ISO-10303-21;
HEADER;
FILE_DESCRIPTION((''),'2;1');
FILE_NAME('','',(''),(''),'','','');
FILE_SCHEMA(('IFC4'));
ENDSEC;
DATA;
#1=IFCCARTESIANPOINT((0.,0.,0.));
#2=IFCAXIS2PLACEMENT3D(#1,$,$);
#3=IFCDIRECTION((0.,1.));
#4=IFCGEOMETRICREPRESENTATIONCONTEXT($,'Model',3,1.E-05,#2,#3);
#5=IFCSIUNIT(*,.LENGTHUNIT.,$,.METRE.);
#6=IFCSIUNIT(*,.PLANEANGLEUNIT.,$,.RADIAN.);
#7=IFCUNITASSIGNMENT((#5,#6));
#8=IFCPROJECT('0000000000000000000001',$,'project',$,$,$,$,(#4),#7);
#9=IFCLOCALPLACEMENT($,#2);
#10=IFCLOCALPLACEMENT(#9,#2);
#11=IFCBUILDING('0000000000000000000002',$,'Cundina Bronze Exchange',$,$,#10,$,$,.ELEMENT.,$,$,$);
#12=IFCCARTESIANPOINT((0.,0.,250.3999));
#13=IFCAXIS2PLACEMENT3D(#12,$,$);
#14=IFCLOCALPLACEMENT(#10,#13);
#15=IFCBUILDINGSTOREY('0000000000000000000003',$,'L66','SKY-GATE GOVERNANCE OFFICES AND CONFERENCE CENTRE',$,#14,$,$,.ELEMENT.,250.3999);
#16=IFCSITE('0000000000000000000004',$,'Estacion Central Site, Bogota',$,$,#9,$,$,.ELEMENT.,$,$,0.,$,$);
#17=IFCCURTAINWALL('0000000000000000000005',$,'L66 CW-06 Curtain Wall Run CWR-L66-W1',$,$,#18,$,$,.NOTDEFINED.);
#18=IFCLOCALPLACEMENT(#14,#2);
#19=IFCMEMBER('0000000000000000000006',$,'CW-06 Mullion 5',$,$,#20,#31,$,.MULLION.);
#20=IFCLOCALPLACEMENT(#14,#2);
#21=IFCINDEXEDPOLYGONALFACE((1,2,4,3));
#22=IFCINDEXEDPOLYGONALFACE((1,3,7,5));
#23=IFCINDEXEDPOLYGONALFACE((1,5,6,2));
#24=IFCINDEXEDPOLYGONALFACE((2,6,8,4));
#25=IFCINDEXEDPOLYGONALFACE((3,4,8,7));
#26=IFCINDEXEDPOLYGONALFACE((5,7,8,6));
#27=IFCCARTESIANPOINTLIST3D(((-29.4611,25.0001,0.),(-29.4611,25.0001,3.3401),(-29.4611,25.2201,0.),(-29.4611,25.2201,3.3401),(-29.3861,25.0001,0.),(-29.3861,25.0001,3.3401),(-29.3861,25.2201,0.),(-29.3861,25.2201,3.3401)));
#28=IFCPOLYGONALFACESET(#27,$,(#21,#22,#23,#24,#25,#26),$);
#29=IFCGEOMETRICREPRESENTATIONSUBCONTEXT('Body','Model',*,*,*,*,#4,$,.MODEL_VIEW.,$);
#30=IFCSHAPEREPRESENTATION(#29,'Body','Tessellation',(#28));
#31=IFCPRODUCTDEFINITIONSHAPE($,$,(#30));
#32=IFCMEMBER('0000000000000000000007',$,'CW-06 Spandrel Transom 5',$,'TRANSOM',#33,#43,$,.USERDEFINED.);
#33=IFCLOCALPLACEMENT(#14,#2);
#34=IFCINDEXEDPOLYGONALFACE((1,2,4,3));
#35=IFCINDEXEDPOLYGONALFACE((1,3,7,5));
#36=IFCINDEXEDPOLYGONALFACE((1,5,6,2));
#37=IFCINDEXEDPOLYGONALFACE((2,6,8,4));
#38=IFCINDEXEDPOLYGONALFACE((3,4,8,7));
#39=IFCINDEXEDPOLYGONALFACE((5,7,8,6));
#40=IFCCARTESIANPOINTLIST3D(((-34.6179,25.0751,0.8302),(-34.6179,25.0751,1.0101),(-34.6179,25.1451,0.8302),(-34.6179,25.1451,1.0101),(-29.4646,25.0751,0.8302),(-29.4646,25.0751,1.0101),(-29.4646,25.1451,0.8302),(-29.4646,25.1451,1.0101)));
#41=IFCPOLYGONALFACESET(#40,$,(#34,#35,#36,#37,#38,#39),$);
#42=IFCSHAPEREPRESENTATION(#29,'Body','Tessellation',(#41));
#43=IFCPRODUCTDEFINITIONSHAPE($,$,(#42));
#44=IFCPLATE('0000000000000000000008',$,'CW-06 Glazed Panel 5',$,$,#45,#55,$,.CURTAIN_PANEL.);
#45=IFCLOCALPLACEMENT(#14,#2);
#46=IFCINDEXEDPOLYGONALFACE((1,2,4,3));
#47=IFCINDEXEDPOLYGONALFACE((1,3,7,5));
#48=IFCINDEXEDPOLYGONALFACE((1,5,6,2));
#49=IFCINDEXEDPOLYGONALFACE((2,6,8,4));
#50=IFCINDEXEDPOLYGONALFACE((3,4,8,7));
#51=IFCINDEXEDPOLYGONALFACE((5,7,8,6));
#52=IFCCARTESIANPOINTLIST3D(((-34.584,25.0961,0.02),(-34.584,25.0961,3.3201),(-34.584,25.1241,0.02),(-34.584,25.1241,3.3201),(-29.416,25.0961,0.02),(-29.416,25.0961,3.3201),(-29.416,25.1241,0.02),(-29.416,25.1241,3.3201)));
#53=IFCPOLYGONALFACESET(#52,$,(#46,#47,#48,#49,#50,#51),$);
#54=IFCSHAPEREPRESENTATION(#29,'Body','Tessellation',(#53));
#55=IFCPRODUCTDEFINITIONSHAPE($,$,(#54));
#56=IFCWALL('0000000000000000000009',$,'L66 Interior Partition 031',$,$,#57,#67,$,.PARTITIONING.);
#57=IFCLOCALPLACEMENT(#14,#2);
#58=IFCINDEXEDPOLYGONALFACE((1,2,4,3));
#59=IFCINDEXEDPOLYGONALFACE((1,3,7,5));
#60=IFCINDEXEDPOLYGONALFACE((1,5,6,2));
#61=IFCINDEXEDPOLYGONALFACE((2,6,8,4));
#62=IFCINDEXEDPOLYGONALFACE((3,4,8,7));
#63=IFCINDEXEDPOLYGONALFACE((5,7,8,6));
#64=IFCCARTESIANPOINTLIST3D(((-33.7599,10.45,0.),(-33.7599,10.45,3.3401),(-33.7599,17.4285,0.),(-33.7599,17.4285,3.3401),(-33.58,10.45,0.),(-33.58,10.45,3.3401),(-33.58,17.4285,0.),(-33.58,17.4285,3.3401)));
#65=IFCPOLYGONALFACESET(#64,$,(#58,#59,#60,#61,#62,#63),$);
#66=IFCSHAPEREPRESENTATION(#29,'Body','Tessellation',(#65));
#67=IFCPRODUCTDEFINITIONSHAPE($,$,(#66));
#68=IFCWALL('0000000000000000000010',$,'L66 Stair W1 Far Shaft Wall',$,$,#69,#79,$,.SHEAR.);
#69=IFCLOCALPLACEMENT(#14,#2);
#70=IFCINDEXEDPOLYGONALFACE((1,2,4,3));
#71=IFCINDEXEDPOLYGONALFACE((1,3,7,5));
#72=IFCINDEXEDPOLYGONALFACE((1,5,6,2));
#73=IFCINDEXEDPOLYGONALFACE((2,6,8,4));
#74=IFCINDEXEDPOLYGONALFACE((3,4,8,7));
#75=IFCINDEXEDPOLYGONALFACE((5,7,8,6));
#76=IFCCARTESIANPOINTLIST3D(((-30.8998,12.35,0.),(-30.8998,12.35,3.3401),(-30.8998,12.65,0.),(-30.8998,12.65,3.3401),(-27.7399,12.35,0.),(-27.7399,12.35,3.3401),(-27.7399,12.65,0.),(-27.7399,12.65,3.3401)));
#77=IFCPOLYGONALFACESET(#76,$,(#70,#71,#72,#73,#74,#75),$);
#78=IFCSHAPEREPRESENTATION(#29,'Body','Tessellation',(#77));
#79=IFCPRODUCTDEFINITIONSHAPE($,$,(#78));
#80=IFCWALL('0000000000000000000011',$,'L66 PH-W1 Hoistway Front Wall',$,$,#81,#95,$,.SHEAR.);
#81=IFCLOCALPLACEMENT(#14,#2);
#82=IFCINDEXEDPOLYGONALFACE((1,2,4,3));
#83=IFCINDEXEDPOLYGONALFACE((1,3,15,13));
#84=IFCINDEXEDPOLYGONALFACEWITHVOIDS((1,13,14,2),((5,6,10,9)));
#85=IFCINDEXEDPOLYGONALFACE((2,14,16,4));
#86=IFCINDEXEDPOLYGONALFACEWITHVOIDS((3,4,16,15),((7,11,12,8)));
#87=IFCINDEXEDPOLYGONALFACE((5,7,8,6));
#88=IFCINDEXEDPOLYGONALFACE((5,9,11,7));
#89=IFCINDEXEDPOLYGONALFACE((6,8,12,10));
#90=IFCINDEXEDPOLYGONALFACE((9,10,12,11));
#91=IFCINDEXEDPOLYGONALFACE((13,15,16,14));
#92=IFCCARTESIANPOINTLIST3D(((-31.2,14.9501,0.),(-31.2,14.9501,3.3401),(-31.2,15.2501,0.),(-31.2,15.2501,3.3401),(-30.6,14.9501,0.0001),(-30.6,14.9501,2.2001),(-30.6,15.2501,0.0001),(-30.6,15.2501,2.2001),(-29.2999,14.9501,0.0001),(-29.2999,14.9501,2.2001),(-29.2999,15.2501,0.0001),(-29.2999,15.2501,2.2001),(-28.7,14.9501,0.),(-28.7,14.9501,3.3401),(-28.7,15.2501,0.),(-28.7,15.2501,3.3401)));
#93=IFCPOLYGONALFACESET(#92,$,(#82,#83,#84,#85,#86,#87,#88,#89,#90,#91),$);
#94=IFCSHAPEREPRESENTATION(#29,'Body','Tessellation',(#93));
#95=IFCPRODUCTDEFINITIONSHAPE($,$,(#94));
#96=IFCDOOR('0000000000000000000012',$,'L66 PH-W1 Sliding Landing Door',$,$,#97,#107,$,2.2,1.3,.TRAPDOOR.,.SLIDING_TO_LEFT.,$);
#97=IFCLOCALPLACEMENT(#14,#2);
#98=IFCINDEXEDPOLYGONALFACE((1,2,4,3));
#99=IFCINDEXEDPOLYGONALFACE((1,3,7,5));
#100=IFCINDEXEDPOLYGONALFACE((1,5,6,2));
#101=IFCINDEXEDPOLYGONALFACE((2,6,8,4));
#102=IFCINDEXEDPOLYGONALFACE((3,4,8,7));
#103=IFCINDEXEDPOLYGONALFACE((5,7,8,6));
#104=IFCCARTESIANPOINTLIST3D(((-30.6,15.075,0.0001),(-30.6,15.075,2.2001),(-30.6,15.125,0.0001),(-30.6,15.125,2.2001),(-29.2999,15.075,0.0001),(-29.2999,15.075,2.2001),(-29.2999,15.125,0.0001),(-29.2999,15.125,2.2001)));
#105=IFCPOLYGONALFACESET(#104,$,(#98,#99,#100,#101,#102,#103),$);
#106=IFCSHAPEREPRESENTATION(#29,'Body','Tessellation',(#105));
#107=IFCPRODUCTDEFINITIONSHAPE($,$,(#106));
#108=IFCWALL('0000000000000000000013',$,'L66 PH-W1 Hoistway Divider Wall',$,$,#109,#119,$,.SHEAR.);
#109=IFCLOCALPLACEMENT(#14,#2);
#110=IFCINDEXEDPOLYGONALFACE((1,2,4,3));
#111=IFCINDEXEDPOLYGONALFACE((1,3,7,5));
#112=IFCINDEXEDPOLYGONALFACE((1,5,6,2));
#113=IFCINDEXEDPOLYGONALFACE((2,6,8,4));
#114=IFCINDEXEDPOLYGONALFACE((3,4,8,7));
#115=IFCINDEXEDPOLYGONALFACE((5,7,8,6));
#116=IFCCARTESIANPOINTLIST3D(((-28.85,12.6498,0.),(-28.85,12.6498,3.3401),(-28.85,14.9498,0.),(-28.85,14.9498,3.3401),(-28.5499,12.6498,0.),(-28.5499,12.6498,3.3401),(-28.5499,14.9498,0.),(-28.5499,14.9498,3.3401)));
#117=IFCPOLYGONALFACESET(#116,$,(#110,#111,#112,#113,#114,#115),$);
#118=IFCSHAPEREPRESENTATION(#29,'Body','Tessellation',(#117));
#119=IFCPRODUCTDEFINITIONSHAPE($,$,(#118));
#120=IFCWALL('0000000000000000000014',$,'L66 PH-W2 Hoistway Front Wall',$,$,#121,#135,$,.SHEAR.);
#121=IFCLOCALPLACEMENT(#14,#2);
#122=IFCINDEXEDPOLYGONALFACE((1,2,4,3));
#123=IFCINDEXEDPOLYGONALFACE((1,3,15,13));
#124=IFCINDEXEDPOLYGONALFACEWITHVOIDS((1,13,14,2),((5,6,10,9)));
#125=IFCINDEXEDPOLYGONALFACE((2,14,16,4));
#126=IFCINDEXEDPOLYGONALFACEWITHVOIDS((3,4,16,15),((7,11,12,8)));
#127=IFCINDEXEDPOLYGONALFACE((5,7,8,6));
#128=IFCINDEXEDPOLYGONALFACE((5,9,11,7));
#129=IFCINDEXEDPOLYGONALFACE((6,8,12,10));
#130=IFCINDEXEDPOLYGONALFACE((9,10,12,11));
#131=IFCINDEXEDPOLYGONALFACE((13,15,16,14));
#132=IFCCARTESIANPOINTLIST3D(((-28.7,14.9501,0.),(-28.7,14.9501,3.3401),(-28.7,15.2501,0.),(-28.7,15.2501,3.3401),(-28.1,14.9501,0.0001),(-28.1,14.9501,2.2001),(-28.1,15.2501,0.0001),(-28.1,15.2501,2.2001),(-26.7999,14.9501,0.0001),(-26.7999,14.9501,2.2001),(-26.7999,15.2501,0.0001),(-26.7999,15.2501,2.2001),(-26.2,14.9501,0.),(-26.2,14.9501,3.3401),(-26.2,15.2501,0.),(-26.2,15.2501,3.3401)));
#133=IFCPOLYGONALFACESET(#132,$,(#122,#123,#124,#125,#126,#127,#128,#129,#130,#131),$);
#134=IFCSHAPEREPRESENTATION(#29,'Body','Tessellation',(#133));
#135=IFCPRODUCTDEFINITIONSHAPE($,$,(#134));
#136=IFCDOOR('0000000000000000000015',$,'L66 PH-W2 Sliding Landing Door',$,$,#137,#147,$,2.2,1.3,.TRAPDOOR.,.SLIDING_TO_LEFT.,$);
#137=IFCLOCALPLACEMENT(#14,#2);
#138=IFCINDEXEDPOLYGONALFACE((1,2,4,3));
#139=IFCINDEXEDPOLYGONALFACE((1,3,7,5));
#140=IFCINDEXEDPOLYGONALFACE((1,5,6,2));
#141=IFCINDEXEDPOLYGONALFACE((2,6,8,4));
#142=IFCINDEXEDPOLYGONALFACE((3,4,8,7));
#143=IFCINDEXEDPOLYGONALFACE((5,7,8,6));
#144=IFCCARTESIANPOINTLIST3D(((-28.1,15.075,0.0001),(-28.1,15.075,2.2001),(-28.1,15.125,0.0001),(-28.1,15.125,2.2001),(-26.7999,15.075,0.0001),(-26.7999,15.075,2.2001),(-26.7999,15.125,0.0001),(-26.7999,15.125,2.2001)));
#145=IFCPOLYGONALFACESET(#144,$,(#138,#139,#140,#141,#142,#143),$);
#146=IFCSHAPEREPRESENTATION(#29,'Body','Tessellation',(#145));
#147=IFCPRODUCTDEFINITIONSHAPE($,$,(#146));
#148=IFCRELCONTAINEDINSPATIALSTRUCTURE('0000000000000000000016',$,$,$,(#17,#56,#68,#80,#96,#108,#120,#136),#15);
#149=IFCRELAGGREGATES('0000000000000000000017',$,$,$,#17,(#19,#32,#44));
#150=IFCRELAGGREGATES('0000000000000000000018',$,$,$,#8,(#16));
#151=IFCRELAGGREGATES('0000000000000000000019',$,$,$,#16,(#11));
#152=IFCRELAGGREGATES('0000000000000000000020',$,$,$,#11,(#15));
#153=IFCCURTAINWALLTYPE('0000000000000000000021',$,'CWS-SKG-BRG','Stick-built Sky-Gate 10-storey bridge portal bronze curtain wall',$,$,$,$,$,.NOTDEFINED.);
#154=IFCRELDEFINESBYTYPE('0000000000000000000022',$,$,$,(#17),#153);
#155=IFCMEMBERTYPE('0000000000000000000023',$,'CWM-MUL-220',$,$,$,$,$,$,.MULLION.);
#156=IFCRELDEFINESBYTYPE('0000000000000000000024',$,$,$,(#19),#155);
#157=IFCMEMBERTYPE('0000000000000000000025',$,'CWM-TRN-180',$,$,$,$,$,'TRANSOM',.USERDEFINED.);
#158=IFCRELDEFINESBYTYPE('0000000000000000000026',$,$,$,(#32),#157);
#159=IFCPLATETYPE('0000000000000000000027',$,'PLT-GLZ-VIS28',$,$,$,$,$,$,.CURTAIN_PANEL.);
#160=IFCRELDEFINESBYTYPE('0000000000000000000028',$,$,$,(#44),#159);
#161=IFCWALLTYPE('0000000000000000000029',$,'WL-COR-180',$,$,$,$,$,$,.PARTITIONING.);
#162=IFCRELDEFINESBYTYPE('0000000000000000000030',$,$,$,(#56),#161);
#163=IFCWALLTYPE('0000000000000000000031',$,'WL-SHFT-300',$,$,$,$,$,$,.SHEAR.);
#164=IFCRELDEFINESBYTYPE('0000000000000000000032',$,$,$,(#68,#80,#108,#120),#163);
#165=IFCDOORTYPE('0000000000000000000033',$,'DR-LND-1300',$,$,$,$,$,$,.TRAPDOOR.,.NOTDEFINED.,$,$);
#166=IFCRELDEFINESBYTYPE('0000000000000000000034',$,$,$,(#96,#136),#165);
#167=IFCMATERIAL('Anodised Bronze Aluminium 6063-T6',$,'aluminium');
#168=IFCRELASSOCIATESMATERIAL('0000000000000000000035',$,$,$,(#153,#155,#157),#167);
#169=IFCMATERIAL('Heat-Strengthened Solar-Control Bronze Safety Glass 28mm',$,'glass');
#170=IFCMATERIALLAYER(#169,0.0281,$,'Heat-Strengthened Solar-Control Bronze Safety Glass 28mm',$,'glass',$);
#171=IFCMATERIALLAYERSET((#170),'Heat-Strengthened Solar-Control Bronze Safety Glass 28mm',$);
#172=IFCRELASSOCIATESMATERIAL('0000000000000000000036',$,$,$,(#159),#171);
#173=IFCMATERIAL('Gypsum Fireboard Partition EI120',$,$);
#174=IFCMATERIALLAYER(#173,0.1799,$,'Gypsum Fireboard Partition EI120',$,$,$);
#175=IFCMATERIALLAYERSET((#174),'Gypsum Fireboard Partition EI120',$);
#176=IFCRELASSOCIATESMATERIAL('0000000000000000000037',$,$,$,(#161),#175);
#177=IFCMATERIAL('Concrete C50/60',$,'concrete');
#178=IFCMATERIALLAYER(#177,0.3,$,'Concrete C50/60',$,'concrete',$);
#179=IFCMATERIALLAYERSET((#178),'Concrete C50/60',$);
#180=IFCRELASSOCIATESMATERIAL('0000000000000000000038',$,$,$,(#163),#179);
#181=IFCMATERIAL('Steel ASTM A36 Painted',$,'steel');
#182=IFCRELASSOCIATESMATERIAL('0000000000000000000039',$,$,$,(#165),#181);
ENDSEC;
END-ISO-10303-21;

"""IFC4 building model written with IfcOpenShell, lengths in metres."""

from ifc_helpers import new_model, si_unit, direction, frame, frame_2d, origin, origin_2d, place, context, subcontext, project, spatial, rectangle, extrude, material, layer, layer_set, material_profile, profile_set, type_object, element, fill, aggregate, save


model = new_model("IFC4")

# Units and contexts
model_context = context("Model", 3, precision=1e-05, world=origin(), true_north=direction((0.0, 1.0)))
body_context = subcontext(model_context, "Body", "Model", "MODEL_VIEW")
ifc_project = project(units=[si_unit("LENGTHUNIT", "METRE"), si_unit("PLANEANGLEUNIT", "RADIAN")], contexts=[model_context])

# Site, building, storey
site_placement = place(None, origin())
site = spatial("IfcSite", under=ifc_project, at=site_placement, Name="Estacion Central Site, Bogota", CompositionType="ELEMENT", RefElevation=0.0)
building_placement = place(site_placement, origin())
building = spatial("IfcBuilding", under=site, at=building_placement, Name="Cundina Bronze Exchange", CompositionType="ELEMENT")
storey_placement = place(building_placement, frame((0.0, 0.0, 250.3999)))
storey = spatial("IfcBuildingStorey", under=building, at=storey_placement, Name="L66", Description="SKY-GATE GOVERNANCE OFFICES AND CONFERENCE CENTRE", CompositionType="ELEMENT", Elevation=250.3999)

# Shared definitions
ifc_material_1 = material(Name="Concrete C50/60", Category="concrete")

# Curtain wall, members, plate
ifc_material_2 = material(Name="Anodised Bronze Aluminium 6063-T6", Category="aluminium")
curtain_wall_type = type_object("IfcCurtainWallType", Name="CWS-SKG-BRG", Description="Stick-built Sky-Gate 10-storey bridge portal bronze curtain wall", PredefinedType="NOTDEFINED", material=ifc_material_2)
curtain_wall_placement = place(storey_placement, origin())
curtain_wall = element("IfcCurtainWall", 1, at=curtain_wall_placement, inside=storey, type_object=curtain_wall_type, Name="L66 CW-06 Curtain Wall Run CWR-L66-W1", PredefinedType="NOTDEFINED")
ifc_material_profile_1 = material_profile(ifc_material_2, rectangle(XDim=0.075, YDim=0.22, at=origin_2d()), Name="AL75X220", Category="aluminium")
ifc_profile_set_1 = profile_set([ifc_material_profile_1], Name="Anodised Bronze Aluminium 6063-T6")
member_type_1 = type_object("IfcMemberType", Name="CWM-MUL-220", PredefinedType="MULLION", material=ifc_profile_set_1)
member_1_placement = place(storey_placement, frame((-29.4236, 25.1101, 0.0), z_axis=(0.0, 0.0, 1.0), x_axis=(-1.0, 0.0, 0.0)))
member_1 = element("IfcMember", 2, at=member_1_placement, type_object=member_type_1, Name="CW-06 Mullion 5", PredefinedType="MULLION", context=body_context, shape_type="SweptSolid", body=[
    extrude(rectangle(XDim=0.075, YDim=0.22, at=origin_2d()), origin(), (0.0, 0.0, 1.0), 3.3401),
])
ifc_material_profile_2 = material_profile(ifc_material_2, rectangle(XDim=0.0701, YDim=0.1799, at=origin_2d()), Name="AL70X180", Category="aluminium")
ifc_profile_set_2 = profile_set([ifc_material_profile_2], Name="Anodised Bronze Aluminium 6063-T6")
member_type_2 = type_object("IfcMemberType", Name="CWM-TRN-180", ElementType="TRANSOM", PredefinedType="USERDEFINED", material=ifc_profile_set_2)
member_2_placement = place(storey_placement, frame((-29.4646, 25.1101, 0.9202), z_axis=(-1.0, 0.0, 0.0), x_axis=(0.0, -1.0, 0.0)))
member_2 = element("IfcMember", 3, at=member_2_placement, type_object=member_type_2, Name="CW-06 Spandrel Transom 5", ObjectType="TRANSOM", PredefinedType="USERDEFINED", context=body_context, shape_type="SweptSolid", body=[
    extrude(rectangle(XDim=0.0701, YDim=0.1799, at=origin_2d()), origin(), (0.0, 0.0, 1.0), 5.1533),
])
ifc_material_3 = material(Name="Heat-Strengthened Solar-Control Bronze Safety Glass 28mm", Category="glass")
ifc_layer_1 = layer(ifc_material_3, 0.0281, Name="Heat-Strengthened Solar-Control Bronze Safety Glass 28mm", Category="glass")
ifc_layer_set_1 = layer_set([ifc_layer_1], Name="Heat-Strengthened Solar-Control Bronze Safety Glass 28mm")
plate_type = type_object("IfcPlateType", Name="PLT-GLZ-VIS28", PredefinedType="CURTAIN_PANEL", material=ifc_layer_set_1)
plate_placement = place(storey_placement, frame((-32.0, 25.1101, 0.02), z_axis=(0.0, 0.0, 1.0), x_axis=(-1.0, 0.0, 0.0)))
plate = element("IfcPlate", 4, at=plate_placement, type_object=plate_type, Name="CW-06 Glazed Panel 5", PredefinedType="CURTAIN_PANEL", context=body_context, shape_type="SweptSolid", body=[
    extrude(rectangle(XDim=5.168, YDim=0.0281, at=origin_2d()), origin(), (0.0, 0.0, 1.0), 3.3),
])
aggregate(curtain_wall, [member_1, member_2, plate])

# Shared definitions
ifc_material_4 = material(Name="Gypsum Fireboard Partition EI120")
ifc_layer_2 = layer(ifc_material_4, 0.1799, Name="Gypsum Fireboard Partition EI120")
ifc_layer_set_2 = layer_set([ifc_layer_2], Name="Gypsum Fireboard Partition EI120")
wall_type_1 = type_object("IfcWallType", Name="WL-COR-180", PredefinedType="PARTITIONING", material=ifc_layer_set_2)

# Wall
wall_1_placement = place(storey_placement, frame((-33.6699, 17.4285, 0.0), z_axis=(0.0, 0.0, 1.0), x_axis=(0.0, -1.0, 0.0)))
element("IfcWall", 5, at=wall_1_placement, inside=storey, type_object=wall_type_1, Name="L66 Interior Partition 031", PredefinedType="PARTITIONING", context=body_context, shape_type="SweptSolid", body=[
    extrude(rectangle(XDim=6.9785, YDim=0.1799, at=frame_2d((3.4893, 0.0))), origin(), (0.0, 0.0, 1.0), 3.3401),
])

# Shared definitions
ifc_layer_3 = layer(ifc_material_1, 0.3, Name="Concrete C50/60", Category="concrete")
ifc_layer_set_3 = layer_set([ifc_layer_3], Name="Concrete C50/60")
wall_type_2 = type_object("IfcWallType", Name="WL-SHFT-300", PredefinedType="SHEAR", material=ifc_layer_set_3)
ifc_material_5 = material(Name="Steel ASTM A36 Painted", Category="steel")

# Wall
wall_2_placement = place(storey_placement, frame((-30.8999, 12.5, 0.0), z_axis=(0.0, 0.0, 1.0), x_axis=(1.0, 0.0, 0.0)))
element("IfcWall", 6, at=wall_2_placement, inside=storey, type_object=wall_type_2, Name="L66 Stair W1 Far Shaft Wall", PredefinedType="SHEAR", context=body_context, shape_type="SweptSolid", body=[
    extrude(rectangle(XDim=3.1599, YDim=0.3, at=frame_2d((1.5801, 0.0))), origin(), (0.0, 0.0, 1.0), 3.3401),
])

# Wall, opening, door
wall_3_placement = place(storey_placement, frame((-31.2, 15.1001, 0.0), z_axis=(0.0, 0.0, 1.0), x_axis=(1.0, 0.0, 0.0)))
wall_3 = element("IfcWall", 7, at=wall_3_placement, inside=storey, type_object=wall_type_2, Name="L66 PH-W1 Hoistway Front Wall", PredefinedType="SHEAR", context=body_context, shape_type="SweptSolid", body=[
    extrude(rectangle(XDim=2.5, YDim=0.3, at=frame_2d((1.25, 0.0))), origin(), (0.0, 0.0, 1.0), 3.3401),
])
opening_1_placement = place(wall_3_placement, frame((0.6001, 0.0, 0.0)))
opening_1 = element("IfcOpeningElement", 8, at=opening_1_placement, cuts=wall_3, PredefinedType="OPENING", context=body_context, shape_type="SweptSolid", body=[
    extrude(rectangle(XDim=1.3, YDim=2.2, at=frame_2d((0.6499, 1.1001))), frame((0.0, 0.1599, 0.0), z_axis=(0.0, -1.0, 0.0), x_axis=(1.0, 0.0, 0.0)), (0.0, 0.0, 1.0), 0.3201),
])
door_type_1 = type_object("IfcDoorType", Name="DR-LND-1300", OperationType="NOTDEFINED", PredefinedType="TRAPDOOR", material=ifc_material_5)
door_1_placement = place(opening_1_placement, origin())
door_1 = element("IfcDoor", 9, at=door_1_placement, inside=storey, type_object=door_type_1, Name="L66 PH-W1 Sliding Landing Door", OperationType="SLIDING_TO_LEFT", OverallHeight=2.2, OverallWidth=1.3, PredefinedType="TRAPDOOR", context=body_context, shape_type="SweptSolid", body=[
    extrude(rectangle(XDim=1.3, YDim=2.2, at=frame_2d((0.6499, 1.1001))), frame((0.0, 0.0249, 0.0), z_axis=(0.0, -1.0, 0.0), x_axis=(1.0, 0.0, 0.0)), (0.0, 0.0, 1.0), 0.05),
])
fill(opening_1, door_1)

# Wall
wall_4_placement = place(storey_placement, frame((-28.7, 12.6499, 0.0), z_axis=(0.0, 0.0, 1.0), x_axis=(0.0, 1.0, 0.0)))
element("IfcWall", 10, at=wall_4_placement, inside=storey, type_object=wall_type_2, Name="L66 PH-W1 Hoistway Divider Wall", PredefinedType="SHEAR", context=body_context, shape_type="SweptSolid", body=[
    extrude(rectangle(XDim=2.3, YDim=0.3, at=frame_2d((1.1499, 0.0))), origin(), (0.0, 0.0, 1.0), 3.3401),
])

# Wall, opening, door
wall_5_placement = place(storey_placement, frame((-28.7, 15.1001, 0.0), z_axis=(0.0, 0.0, 1.0), x_axis=(1.0, 0.0, 0.0)))
wall_5 = element("IfcWall", 11, at=wall_5_placement, inside=storey, type_object=wall_type_2, Name="L66 PH-W2 Hoistway Front Wall", PredefinedType="SHEAR", context=body_context, shape_type="SweptSolid", body=[
    extrude(rectangle(XDim=2.5, YDim=0.3, at=frame_2d((1.25, 0.0))), origin(), (0.0, 0.0, 1.0), 3.3401),
])
opening_2_placement = place(wall_5_placement, frame((0.6001, 0.0, 0.0)))
opening_2 = element("IfcOpeningElement", 12, at=opening_2_placement, cuts=wall_5, PredefinedType="OPENING", context=body_context, shape_type="SweptSolid", body=[
    extrude(rectangle(XDim=1.3, YDim=2.2, at=frame_2d((0.6499, 1.1001))), frame((0.0, 0.1599, 0.0), z_axis=(0.0, -1.0, 0.0), x_axis=(1.0, 0.0, 0.0)), (0.0, 0.0, 1.0), 0.3201),
])
door_2_placement = place(opening_2_placement, origin())
door_2 = element("IfcDoor", 13, at=door_2_placement, inside=storey, type_object=door_type_1, Name="L66 PH-W2 Sliding Landing Door", OperationType="SLIDING_TO_LEFT", OverallHeight=2.2, OverallWidth=1.3, PredefinedType="TRAPDOOR", context=body_context, shape_type="SweptSolid", body=[
    extrude(rectangle(XDim=1.3, YDim=2.2, at=frame_2d((0.6499, 1.1001))), frame((0.0, 0.0249, 0.0), z_axis=(0.0, -1.0, 0.0), x_axis=(1.0, 0.0, 0.0)), (0.0, 0.0, 1.0), 0.05),
])
fill(opening_2, door_2)

save(model, "model.ifc")
